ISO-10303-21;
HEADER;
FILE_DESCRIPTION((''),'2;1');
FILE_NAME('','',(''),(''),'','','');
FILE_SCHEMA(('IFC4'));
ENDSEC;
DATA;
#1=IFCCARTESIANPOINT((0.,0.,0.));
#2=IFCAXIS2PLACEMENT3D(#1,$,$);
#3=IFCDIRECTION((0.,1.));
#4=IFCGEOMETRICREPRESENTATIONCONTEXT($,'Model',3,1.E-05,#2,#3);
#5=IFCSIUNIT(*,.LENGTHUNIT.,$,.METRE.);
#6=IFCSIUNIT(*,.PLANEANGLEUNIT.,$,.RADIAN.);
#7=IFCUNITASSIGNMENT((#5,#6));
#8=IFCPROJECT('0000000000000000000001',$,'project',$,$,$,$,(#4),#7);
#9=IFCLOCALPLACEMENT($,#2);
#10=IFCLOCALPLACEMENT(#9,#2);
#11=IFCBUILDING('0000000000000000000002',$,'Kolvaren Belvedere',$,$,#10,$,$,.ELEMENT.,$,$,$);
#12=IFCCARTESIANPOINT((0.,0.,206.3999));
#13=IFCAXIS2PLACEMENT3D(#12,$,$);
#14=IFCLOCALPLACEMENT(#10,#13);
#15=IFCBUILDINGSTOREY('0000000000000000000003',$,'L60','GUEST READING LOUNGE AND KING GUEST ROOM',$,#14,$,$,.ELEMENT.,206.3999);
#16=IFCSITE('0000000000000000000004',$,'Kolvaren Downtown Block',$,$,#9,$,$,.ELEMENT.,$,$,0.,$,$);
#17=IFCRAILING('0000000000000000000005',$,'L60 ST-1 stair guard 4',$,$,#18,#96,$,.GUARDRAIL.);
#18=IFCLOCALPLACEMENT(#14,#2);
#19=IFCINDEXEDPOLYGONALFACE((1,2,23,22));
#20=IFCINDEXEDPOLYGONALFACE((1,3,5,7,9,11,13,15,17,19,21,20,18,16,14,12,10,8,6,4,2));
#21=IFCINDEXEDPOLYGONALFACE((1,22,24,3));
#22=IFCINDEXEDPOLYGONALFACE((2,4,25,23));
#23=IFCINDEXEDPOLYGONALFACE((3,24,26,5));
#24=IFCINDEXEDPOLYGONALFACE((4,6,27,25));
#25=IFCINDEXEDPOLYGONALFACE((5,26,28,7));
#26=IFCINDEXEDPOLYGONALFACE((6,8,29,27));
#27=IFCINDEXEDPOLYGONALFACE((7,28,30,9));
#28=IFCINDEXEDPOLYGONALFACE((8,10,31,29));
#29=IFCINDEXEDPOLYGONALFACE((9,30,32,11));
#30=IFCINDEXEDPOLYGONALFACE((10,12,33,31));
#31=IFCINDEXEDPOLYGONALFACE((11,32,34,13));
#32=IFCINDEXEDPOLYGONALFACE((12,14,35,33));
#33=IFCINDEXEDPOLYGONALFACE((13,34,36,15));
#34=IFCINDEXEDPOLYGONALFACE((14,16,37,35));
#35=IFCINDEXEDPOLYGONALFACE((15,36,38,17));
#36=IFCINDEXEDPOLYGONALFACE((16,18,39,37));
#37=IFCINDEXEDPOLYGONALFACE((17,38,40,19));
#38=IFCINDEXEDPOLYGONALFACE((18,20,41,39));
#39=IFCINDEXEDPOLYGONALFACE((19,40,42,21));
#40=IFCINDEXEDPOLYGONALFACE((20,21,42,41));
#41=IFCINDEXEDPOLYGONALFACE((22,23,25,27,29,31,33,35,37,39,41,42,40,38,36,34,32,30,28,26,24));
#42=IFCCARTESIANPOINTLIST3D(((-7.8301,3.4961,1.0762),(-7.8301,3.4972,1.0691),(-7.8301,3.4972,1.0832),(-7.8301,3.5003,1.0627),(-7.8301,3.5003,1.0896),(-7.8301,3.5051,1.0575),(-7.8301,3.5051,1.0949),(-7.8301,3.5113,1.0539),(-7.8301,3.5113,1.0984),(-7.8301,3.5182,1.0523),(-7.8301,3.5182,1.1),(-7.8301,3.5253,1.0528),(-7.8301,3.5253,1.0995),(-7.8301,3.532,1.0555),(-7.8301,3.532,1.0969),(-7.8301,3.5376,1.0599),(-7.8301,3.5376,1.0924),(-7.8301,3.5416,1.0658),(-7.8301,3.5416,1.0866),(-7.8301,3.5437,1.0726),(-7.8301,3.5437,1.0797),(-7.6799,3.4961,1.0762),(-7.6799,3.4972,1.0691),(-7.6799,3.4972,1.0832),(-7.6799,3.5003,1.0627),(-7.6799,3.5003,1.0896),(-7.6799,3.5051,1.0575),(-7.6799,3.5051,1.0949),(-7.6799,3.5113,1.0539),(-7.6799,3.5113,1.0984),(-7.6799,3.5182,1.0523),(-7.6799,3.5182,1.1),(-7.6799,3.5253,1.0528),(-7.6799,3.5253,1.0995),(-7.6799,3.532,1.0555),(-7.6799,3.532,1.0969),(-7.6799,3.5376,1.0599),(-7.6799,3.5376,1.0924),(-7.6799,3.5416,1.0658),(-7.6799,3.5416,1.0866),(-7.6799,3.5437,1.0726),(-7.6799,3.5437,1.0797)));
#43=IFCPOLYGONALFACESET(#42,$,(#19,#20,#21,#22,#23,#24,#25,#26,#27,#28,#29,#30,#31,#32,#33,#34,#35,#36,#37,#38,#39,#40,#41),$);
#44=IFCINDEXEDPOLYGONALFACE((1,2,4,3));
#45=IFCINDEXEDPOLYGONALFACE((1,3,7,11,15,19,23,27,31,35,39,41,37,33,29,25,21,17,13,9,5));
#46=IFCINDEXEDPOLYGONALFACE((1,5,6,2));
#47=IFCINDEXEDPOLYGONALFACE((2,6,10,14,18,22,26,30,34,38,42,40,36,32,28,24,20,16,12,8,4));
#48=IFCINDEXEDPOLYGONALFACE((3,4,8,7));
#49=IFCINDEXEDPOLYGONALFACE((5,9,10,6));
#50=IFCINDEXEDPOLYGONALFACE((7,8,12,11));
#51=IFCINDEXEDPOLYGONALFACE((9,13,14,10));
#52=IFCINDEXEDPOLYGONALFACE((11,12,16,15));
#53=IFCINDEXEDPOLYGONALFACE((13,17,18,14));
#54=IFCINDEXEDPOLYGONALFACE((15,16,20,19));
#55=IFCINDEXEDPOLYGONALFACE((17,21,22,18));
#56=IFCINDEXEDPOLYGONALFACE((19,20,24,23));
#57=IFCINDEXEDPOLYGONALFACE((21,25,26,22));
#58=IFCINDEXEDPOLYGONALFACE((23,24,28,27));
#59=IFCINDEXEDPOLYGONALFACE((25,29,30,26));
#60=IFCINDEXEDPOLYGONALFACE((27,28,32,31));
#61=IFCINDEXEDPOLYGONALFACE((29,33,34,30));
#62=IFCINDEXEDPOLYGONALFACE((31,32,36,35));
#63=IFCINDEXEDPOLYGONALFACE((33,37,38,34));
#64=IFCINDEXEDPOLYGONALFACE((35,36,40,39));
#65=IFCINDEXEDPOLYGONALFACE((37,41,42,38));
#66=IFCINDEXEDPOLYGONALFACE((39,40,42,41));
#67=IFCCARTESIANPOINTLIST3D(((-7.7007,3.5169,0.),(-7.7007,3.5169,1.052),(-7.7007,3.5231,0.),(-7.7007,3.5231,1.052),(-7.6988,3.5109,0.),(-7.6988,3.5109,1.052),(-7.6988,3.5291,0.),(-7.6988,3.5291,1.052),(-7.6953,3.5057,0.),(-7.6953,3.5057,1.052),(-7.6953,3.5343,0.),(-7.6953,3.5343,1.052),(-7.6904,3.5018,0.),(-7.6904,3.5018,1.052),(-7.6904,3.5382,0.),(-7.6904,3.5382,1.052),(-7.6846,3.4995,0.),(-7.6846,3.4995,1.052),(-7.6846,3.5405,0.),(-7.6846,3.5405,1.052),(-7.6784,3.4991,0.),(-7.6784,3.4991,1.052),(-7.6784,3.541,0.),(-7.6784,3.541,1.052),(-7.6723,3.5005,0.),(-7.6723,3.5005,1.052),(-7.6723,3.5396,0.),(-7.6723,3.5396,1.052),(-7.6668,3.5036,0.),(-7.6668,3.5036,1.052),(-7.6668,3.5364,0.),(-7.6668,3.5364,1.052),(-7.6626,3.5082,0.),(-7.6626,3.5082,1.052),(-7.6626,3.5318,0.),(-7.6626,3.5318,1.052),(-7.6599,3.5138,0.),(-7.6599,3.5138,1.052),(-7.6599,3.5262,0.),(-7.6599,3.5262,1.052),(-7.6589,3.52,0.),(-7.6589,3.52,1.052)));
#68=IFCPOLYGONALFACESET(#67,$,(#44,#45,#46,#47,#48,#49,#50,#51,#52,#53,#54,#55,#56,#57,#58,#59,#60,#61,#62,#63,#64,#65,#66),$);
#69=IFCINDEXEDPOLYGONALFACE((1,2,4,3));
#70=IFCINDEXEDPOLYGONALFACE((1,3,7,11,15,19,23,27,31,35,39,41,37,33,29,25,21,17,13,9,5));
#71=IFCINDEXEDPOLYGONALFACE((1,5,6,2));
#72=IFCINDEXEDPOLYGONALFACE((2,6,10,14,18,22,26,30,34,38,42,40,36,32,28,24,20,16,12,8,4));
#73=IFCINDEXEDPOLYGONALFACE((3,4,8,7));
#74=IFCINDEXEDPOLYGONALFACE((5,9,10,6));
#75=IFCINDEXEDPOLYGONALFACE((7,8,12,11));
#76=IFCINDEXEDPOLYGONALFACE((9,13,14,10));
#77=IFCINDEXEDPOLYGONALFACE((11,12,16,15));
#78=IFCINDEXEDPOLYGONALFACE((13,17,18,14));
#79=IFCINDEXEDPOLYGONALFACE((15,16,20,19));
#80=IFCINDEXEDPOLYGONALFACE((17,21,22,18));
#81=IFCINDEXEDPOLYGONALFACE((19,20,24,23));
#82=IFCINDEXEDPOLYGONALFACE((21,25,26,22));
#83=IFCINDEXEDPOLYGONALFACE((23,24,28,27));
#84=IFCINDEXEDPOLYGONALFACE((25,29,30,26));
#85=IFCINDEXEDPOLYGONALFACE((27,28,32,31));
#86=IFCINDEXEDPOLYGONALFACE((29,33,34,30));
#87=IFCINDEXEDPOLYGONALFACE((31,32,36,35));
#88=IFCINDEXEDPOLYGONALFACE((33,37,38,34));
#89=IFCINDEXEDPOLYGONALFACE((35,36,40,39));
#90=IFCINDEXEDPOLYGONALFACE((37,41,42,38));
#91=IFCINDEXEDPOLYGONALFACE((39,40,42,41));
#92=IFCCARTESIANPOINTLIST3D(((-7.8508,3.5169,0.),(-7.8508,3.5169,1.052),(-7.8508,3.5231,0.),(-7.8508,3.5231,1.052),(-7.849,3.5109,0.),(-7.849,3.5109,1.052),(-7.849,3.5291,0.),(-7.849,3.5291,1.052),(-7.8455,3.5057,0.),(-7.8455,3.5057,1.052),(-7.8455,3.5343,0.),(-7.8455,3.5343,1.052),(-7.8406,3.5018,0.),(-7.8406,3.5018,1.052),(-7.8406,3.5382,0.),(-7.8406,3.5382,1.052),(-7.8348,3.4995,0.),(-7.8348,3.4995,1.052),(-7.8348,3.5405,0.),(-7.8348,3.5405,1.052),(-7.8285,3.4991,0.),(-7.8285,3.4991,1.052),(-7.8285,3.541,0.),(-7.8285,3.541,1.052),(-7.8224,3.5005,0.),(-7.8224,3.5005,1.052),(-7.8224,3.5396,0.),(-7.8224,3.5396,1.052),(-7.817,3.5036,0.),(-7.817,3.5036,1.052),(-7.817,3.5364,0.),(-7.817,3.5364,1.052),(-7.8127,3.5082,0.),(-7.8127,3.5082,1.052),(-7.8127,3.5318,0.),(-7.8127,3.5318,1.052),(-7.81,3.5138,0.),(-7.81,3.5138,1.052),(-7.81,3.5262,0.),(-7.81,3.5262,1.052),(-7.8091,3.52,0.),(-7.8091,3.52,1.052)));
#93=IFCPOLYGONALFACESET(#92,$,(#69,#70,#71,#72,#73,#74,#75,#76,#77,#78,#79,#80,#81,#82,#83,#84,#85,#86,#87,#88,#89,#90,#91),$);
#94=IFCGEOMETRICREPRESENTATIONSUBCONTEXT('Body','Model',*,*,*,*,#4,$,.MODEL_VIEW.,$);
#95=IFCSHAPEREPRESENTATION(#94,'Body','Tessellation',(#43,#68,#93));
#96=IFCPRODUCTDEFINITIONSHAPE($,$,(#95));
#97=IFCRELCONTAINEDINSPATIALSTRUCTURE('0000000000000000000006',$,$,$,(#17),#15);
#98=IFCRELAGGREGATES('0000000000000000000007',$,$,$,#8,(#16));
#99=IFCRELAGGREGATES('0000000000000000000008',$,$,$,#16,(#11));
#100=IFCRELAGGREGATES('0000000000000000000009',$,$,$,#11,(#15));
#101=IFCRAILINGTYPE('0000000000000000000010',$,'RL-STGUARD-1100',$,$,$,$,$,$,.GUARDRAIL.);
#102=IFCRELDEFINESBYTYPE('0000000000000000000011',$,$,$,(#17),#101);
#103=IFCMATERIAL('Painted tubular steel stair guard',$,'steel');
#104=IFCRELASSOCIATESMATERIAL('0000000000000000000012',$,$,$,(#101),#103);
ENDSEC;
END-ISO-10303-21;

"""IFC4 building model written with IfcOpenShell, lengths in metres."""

from ifc_helpers import new_model, si_unit, direction, frame, origin, origin_2d, place, context, subcontext, project, spatial, circle, extrude, material, type_object, element, save


model = new_model("IFC4")

# Units and contexts
model_context = context("Model", 3, precision=1e-05, world=origin(), true_north=direction((0.0, 1.0)))
body_context = subcontext(model_context, "Body", "Model", "MODEL_VIEW")
ifc_project = project(units=[si_unit("LENGTHUNIT", "METRE"), si_unit("PLANEANGLEUNIT", "RADIAN")], contexts=[model_context])

# Site, building, storey
site_placement = place(None, origin())
site = spatial("IfcSite", under=ifc_project, at=site_placement, Name="Kolvaren Downtown Block", CompositionType="ELEMENT", RefElevation=0.0)
building_placement = place(site_placement, origin())
building = spatial("IfcBuilding", under=site, at=building_placement, Name="Kolvaren Belvedere", CompositionType="ELEMENT")
storey_placement = place(building_placement, frame((0.0, 0.0, 206.3999)))
storey = spatial("IfcBuildingStorey", under=building, at=storey_placement, Name="L60", Description="GUEST READING LOUNGE AND KING GUEST ROOM", CompositionType="ELEMENT", Elevation=206.3999)

# Railing
ifc_material_1 = material(Name="Painted tubular steel stair guard", Category="steel")
railing_type_1 = type_object("IfcRailingType", Name="RL-STGUARD-1100", PredefinedType="GUARDRAIL", material=ifc_material_1)
railing_1_placement = place(storey_placement, frame((-7.6799, 3.52, 0.0)))
element("IfcRailing", 1, at=railing_1_placement, inside=storey, type_object=railing_type_1, Name="L60 ST-1 stair guard 4", PredefinedType="GUARDRAIL", context=body_context, shape_type="SweptSolid", body=[
    extrude(circle(Radius=0.0239, at=origin_2d()), frame((0.0, 0.0, 1.0762), z_axis=(-1.0, 0.0, 0.0), x_axis=(0.0, -1.0, 0.0)), (0.0, 0.0, 1.0), 0.1501),
    extrude(circle(Radius=0.021, at=origin_2d()), origin(), (0.0, 0.0, 1.0), 1.052),
    extrude(circle(Radius=0.021, at=origin_2d()), frame((-0.1501, 0.0, 0.0)), (0.0, 0.0, 1.0), 1.052),
])

save(model, "model.ifc")
